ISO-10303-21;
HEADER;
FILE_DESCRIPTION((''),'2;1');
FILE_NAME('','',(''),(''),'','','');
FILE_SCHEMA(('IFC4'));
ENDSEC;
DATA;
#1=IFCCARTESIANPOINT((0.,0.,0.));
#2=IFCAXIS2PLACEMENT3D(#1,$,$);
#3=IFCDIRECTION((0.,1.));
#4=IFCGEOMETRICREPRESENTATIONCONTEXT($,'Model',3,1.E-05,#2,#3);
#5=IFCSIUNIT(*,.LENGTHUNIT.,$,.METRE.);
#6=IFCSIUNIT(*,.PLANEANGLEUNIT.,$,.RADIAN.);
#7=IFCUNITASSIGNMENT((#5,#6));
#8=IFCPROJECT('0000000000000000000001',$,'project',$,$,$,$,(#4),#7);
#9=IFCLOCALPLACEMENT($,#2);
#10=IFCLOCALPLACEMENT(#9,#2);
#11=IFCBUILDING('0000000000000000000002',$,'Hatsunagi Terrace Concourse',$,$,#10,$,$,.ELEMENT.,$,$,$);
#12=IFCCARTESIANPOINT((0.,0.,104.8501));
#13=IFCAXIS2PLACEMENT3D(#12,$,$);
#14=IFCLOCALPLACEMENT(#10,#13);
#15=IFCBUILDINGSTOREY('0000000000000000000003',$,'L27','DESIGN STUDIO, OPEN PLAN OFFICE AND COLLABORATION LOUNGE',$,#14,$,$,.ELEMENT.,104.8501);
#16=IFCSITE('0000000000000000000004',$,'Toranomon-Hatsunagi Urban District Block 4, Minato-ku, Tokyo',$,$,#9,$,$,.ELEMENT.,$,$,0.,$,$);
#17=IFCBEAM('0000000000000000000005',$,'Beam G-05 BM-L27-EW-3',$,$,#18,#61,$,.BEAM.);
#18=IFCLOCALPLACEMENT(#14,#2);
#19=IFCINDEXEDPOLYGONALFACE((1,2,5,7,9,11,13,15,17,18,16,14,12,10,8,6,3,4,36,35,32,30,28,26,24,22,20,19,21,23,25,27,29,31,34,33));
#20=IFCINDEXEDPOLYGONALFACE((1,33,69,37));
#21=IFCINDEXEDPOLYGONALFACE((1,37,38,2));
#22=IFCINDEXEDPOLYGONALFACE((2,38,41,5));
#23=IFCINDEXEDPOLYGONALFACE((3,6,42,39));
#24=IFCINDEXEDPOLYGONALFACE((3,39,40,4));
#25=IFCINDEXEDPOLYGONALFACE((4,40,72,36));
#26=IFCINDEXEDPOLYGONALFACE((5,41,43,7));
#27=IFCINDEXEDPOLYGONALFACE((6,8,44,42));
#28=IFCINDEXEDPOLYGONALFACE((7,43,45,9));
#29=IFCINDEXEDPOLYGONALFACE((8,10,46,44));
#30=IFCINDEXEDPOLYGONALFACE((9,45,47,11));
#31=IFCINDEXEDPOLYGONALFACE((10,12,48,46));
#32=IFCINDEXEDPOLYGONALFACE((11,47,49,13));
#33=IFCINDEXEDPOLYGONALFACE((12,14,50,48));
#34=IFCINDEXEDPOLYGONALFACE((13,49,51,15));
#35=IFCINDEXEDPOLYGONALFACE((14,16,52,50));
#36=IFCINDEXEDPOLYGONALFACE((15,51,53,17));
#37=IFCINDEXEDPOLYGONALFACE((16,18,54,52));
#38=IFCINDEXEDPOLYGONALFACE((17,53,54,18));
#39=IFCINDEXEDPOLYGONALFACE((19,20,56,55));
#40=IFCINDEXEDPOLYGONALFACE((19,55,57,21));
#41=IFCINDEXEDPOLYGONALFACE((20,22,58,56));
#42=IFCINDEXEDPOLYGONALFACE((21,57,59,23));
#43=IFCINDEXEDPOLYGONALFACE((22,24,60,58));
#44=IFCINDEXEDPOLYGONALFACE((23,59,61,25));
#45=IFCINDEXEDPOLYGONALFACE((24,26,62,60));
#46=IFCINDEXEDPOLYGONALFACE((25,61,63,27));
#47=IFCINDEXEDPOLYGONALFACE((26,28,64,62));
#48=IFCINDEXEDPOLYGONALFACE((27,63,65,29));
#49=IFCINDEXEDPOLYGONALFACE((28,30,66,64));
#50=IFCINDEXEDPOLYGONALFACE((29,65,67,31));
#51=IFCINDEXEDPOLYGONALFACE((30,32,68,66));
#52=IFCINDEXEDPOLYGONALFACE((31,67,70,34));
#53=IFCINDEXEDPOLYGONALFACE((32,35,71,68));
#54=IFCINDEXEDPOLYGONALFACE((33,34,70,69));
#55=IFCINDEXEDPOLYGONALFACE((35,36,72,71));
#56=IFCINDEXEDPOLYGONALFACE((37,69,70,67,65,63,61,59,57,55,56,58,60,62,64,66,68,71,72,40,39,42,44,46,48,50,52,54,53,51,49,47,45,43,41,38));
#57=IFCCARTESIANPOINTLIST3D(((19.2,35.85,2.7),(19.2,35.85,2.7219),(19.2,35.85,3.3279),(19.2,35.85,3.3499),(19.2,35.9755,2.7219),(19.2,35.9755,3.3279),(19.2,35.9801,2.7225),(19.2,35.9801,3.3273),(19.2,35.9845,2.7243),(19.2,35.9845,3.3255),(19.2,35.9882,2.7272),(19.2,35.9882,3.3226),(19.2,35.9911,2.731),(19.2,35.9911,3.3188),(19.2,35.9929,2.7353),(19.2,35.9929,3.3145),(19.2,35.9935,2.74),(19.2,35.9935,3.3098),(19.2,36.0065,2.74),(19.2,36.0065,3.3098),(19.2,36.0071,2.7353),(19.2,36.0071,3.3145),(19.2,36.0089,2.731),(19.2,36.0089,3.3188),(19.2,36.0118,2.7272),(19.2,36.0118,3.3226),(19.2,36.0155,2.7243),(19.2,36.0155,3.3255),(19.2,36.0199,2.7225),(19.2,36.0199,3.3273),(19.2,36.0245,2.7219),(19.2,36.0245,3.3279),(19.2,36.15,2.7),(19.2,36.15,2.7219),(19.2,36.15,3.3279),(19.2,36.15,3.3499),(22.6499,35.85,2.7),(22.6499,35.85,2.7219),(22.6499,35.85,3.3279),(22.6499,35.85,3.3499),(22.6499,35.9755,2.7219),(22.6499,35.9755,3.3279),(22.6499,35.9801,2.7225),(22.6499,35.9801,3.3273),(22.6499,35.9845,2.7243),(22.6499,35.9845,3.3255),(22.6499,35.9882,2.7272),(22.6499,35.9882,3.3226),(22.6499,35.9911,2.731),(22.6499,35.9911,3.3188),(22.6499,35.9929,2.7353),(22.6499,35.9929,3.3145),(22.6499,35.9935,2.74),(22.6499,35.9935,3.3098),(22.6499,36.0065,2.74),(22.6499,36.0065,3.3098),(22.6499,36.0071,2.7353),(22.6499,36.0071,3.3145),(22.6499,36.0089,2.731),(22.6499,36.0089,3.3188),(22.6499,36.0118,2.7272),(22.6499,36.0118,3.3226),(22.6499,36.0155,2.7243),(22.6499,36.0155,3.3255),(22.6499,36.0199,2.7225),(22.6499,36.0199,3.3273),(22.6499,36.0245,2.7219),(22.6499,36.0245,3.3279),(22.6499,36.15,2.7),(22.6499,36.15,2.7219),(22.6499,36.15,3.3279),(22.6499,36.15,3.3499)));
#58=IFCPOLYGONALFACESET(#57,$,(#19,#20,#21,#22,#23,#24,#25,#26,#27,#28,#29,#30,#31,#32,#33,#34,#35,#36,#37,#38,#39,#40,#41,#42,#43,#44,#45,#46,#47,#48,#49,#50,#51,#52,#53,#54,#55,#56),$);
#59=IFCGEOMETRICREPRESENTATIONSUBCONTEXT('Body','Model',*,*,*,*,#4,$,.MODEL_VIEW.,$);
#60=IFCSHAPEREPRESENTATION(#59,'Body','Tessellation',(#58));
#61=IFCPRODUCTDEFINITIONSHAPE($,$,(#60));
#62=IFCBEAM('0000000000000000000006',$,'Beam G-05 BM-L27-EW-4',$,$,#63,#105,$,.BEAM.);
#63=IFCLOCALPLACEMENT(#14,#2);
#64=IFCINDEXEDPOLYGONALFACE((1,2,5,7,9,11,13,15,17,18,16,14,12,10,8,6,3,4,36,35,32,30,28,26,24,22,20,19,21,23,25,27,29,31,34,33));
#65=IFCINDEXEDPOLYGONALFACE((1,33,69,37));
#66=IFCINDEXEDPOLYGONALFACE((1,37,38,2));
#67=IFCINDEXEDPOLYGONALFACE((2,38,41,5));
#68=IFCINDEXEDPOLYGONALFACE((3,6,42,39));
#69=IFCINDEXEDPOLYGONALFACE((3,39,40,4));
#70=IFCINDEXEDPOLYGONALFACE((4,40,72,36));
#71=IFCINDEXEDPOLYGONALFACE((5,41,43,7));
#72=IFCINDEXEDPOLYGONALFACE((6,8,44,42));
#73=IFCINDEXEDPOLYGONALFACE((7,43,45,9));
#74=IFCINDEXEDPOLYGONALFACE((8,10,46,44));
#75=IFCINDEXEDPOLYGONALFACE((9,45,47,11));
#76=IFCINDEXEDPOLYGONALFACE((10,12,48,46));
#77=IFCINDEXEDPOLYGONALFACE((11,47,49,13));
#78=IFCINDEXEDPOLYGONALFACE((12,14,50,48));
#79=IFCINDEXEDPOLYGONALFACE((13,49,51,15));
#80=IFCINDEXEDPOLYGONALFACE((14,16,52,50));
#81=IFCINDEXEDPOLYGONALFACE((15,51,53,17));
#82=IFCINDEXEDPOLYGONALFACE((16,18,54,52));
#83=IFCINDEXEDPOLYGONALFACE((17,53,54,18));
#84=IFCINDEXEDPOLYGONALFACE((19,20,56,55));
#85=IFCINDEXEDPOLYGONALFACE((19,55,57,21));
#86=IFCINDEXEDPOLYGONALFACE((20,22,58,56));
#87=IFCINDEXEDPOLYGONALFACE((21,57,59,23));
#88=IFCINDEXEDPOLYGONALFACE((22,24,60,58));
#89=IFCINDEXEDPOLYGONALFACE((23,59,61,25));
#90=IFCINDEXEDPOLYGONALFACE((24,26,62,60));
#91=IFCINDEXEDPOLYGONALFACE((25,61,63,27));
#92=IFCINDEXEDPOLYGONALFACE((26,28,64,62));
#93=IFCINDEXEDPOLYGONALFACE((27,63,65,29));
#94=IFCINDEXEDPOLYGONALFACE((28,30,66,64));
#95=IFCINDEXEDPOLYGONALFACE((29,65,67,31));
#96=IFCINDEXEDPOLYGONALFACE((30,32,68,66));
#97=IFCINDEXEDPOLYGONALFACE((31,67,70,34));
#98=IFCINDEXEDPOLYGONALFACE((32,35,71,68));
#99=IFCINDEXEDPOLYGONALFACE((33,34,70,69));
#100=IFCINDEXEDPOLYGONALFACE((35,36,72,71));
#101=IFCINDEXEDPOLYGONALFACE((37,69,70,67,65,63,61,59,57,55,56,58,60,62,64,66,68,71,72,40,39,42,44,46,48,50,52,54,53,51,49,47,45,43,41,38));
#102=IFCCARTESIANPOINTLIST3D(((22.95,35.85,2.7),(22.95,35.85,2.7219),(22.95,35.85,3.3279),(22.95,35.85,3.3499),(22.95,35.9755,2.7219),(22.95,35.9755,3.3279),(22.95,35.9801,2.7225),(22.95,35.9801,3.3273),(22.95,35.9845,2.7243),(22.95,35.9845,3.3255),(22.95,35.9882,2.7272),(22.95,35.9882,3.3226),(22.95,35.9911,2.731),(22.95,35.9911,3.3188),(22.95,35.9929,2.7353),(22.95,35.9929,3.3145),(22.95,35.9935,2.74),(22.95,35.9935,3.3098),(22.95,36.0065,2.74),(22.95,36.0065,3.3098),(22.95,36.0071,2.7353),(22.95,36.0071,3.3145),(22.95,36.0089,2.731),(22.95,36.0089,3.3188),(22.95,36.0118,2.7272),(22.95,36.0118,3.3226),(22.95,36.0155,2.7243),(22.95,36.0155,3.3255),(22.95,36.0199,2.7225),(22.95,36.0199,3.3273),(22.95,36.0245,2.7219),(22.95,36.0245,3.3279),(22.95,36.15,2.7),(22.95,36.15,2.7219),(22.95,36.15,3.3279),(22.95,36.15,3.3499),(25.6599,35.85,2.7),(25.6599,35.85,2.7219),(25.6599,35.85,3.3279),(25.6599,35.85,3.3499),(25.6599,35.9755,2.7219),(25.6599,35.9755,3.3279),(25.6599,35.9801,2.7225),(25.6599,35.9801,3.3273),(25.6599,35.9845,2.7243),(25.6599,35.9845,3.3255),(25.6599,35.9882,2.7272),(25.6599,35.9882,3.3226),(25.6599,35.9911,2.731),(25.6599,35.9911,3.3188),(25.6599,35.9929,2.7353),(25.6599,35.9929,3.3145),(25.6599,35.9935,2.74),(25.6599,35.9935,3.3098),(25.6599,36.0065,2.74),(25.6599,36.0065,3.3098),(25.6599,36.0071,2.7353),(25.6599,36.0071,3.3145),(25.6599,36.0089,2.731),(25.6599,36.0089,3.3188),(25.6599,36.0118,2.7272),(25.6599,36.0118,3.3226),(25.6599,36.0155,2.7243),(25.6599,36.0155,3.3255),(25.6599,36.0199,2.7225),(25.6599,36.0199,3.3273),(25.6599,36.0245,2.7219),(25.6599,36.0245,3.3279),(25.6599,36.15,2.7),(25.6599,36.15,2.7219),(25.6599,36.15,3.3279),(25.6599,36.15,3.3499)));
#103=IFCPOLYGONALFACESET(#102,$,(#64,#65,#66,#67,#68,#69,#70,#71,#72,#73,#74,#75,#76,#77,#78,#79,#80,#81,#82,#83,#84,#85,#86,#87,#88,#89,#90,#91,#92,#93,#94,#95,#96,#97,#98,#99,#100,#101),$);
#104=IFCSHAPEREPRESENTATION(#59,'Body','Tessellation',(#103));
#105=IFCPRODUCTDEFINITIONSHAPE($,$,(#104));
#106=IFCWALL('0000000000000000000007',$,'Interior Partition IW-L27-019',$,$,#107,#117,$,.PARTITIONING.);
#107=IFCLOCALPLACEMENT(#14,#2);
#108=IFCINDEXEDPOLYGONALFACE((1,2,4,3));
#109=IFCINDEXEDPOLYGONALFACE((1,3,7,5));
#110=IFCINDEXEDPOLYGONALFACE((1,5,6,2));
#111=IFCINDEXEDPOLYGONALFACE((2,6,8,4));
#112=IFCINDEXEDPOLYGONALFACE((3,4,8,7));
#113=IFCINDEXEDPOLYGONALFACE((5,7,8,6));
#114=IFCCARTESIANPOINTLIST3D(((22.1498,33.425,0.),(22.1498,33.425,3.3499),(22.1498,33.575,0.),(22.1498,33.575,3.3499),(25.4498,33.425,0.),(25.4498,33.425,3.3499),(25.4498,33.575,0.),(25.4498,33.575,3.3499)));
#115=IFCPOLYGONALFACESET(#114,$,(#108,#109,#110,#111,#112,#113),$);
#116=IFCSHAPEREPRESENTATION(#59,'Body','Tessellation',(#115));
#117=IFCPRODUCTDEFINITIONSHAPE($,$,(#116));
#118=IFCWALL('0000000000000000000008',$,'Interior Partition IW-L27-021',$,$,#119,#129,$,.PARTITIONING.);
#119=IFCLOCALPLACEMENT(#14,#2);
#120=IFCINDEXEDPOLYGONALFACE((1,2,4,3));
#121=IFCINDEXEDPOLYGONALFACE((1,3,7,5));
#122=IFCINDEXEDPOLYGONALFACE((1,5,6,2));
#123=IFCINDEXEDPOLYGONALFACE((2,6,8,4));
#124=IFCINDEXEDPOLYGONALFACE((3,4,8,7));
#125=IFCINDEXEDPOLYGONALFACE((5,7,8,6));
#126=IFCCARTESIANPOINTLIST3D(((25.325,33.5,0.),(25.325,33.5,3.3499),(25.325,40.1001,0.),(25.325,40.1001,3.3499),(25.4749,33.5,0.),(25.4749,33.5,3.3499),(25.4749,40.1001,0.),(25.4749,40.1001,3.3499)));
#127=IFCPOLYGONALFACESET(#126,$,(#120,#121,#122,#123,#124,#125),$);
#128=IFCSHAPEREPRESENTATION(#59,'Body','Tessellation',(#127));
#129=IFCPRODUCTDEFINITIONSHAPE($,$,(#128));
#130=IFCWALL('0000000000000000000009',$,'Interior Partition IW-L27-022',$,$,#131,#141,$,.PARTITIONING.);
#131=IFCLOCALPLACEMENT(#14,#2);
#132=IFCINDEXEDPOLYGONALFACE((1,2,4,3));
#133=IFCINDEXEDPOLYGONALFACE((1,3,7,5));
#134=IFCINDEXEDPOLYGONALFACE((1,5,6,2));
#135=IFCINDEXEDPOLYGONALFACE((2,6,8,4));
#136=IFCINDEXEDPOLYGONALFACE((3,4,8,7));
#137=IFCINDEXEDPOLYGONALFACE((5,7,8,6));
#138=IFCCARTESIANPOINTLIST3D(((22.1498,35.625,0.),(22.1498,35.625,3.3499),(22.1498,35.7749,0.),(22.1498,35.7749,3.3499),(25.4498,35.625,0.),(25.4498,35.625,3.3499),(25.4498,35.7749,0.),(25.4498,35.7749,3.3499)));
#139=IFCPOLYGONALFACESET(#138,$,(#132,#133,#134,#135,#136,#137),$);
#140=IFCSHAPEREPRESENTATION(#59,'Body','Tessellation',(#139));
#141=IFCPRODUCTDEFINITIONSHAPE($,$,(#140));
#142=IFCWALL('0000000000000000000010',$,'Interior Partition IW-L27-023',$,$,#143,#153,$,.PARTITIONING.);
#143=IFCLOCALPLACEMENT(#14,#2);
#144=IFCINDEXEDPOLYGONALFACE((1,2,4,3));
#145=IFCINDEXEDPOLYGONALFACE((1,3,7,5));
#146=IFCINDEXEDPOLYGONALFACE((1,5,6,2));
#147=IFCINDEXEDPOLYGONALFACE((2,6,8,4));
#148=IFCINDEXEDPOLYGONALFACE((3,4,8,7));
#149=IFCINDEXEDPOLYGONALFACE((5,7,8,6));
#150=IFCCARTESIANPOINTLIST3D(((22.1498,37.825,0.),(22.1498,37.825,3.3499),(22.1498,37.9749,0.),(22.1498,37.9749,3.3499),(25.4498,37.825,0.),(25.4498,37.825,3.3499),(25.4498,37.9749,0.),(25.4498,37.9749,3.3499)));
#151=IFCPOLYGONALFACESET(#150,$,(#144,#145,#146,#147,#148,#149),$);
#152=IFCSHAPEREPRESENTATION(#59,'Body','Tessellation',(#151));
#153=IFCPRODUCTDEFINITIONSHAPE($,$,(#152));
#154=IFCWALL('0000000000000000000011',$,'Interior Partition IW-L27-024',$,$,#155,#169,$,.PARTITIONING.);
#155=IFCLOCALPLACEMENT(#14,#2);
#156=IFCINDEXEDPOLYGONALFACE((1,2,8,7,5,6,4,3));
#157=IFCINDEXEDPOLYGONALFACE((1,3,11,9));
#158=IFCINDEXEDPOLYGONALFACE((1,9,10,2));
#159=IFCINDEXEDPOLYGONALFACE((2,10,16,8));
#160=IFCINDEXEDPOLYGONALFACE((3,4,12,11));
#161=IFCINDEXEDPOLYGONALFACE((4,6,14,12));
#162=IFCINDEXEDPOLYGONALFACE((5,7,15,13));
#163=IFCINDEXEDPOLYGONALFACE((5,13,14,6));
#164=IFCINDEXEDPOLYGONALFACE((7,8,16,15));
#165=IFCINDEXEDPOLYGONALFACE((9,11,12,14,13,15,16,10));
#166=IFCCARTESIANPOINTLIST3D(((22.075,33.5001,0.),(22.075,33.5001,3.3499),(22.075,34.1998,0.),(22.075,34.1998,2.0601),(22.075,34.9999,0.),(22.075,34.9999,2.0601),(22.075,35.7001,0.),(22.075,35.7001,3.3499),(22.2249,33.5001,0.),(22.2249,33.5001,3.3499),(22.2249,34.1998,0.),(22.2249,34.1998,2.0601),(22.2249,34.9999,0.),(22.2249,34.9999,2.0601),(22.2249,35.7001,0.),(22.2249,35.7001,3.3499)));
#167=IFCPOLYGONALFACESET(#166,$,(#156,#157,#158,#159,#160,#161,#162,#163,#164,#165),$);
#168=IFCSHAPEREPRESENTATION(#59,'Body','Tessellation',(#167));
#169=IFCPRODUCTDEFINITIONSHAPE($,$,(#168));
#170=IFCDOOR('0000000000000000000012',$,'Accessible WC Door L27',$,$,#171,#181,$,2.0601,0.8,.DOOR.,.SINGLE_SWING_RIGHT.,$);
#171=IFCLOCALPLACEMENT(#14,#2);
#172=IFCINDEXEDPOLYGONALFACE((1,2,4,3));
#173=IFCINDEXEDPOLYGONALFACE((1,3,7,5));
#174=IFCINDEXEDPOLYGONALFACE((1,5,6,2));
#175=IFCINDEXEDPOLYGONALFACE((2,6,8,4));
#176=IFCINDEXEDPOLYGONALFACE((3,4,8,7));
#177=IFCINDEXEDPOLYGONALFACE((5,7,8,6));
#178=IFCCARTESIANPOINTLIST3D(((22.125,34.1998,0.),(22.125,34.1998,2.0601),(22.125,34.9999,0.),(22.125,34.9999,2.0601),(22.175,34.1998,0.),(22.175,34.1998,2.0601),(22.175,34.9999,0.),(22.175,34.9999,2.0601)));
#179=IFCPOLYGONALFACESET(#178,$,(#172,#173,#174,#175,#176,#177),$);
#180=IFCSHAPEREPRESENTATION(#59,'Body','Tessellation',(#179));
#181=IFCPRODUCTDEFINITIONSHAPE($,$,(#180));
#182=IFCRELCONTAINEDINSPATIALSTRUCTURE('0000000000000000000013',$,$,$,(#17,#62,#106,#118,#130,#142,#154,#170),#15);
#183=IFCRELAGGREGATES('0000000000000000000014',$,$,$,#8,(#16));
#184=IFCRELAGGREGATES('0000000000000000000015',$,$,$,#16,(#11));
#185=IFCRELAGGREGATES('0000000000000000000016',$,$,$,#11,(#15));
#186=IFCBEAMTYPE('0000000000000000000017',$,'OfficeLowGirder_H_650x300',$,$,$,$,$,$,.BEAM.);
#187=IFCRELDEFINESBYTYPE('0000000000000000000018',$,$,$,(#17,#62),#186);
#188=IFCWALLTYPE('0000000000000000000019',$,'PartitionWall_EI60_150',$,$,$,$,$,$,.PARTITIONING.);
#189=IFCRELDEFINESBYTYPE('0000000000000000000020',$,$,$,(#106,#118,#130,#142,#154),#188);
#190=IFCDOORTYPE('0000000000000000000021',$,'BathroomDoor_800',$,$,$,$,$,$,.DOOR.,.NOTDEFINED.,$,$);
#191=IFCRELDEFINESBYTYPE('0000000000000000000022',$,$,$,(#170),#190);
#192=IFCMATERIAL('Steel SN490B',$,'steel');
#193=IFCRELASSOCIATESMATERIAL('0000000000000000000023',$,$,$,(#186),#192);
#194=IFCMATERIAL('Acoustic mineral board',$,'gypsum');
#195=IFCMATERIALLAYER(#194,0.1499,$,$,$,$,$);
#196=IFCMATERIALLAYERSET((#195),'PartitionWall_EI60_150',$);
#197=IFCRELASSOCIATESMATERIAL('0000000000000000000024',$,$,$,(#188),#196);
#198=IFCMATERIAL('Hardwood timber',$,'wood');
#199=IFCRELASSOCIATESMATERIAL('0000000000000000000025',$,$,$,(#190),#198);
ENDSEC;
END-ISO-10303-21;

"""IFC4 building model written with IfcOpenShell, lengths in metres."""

from ifc_helpers import new_model, si_unit, direction, frame, frame_2d, origin, origin_2d, place, context, subcontext, project, spatial, rectangle, i_section, extrude, material, layer, layer_set, material_profile, profile_set, type_object, element, fill, save


model = new_model("IFC4")

# Units and contexts
model_context = context("Model", 3, precision=1e-05, world=origin(), true_north=direction((0.0, 1.0)))
body_context = subcontext(model_context, "Body", "Model", "MODEL_VIEW")
ifc_project = project(units=[si_unit("LENGTHUNIT", "METRE"), si_unit("PLANEANGLEUNIT", "RADIAN")], contexts=[model_context])

# Site, building, storey
site_placement = place(None, origin())
site = spatial("IfcSite", under=ifc_project, at=site_placement, Name="Toranomon-Hatsunagi Urban District Block 4, Minato-ku, Tokyo", CompositionType="ELEMENT", RefElevation=0.0)
building_placement = place(site_placement, origin())
building = spatial("IfcBuilding", under=site, at=building_placement, Name="Hatsunagi Terrace Concourse", CompositionType="ELEMENT")
storey_placement = place(building_placement, frame((0.0, 0.0, 104.8501)))
storey = spatial("IfcBuildingStorey", under=building, at=storey_placement, Name="L27", Description="DESIGN STUDIO, OPEN PLAN OFFICE AND COLLABORATION LOUNGE", CompositionType="ELEMENT", Elevation=104.8501)

# Beams
ifc_material_1 = material(Name="Steel SN490B", Category="steel")
ifc_material_profile_1 = material_profile(ifc_material_1, i_section(OverallWidth=0.3, OverallDepth=0.6499, WebThickness=0.0129, FlangeThickness=0.022, FilletRadius=0.0181, at=origin_2d()), Name="H-650x300x13x22")
ifc_profile_set_1 = profile_set([ifc_material_profile_1], Name="Steel SN490B")
beam_type_1 = type_object("IfcBeamType", Name="OfficeLowGirder_H_650x300", PredefinedType="BEAM", material=ifc_profile_set_1)
beam_1_placement = place(storey_placement, frame((19.2, 36.0, 3.0249), z_axis=(1.0, 0.0, 0.0), x_axis=(0.0, 1.0, 0.0)))
element("IfcBeam", 1, at=beam_1_placement, inside=storey, type_object=beam_type_1, Name="Beam G-05 BM-L27-EW-3", PredefinedType="BEAM", context=body_context, shape_type="SweptSolid", body=[
    extrude(i_section(OverallWidth=0.3, OverallDepth=0.6499, WebThickness=0.0129, FlangeThickness=0.022, FilletRadius=0.0181, at=origin_2d()), origin(), (0.0, 0.0, 1.0), 3.45),
])
beam_2_placement = place(storey_placement, frame((22.95, 36.0, 3.0249), z_axis=(1.0, 0.0, 0.0), x_axis=(0.0, 1.0, 0.0)))
element("IfcBeam", 2, at=beam_2_placement, inside=storey, type_object=beam_type_1, Name="Beam G-05 BM-L27-EW-4", PredefinedType="BEAM", context=body_context, shape_type="SweptSolid", body=[
    extrude(i_section(OverallWidth=0.3, OverallDepth=0.6499, WebThickness=0.0129, FlangeThickness=0.022, FilletRadius=0.0181, at=origin_2d()), origin(), (0.0, 0.0, 1.0), 2.71),
])

# Walls
ifc_material_2 = material(Name="Acoustic mineral board", Category="gypsum")
ifc_layer_1 = layer(ifc_material_2, 0.1499)
ifc_layer_set_1 = layer_set([ifc_layer_1], Name="PartitionWall_EI60_150")
wall_type = type_object("IfcWallType", Name="PartitionWall_EI60_150", PredefinedType="PARTITIONING", material=ifc_layer_set_1)
wall_1_placement = place(storey_placement, frame((22.1499, 33.5, 0.0), z_axis=(0.0, 0.0, 1.0), x_axis=(1.0, 0.0, 0.0)))
element("IfcWall", 3, at=wall_1_placement, inside=storey, type_object=wall_type, Name="Interior Partition IW-L27-019", PredefinedType="PARTITIONING", context=body_context, shape_type="SweptSolid", body=[
    extrude(rectangle(XDim=3.3, YDim=0.1499, at=frame_2d((1.6499, 0.0))), origin(), (0.0, 0.0, 1.0), 3.3499),
])
wall_2_placement = place(storey_placement, frame((25.3999, 33.5, 0.0), z_axis=(0.0, 0.0, 1.0), x_axis=(0.0, 1.0, 0.0)))
element("IfcWall", 4, at=wall_2_placement, inside=storey, type_object=wall_type, Name="Interior Partition IW-L27-021", PredefinedType="PARTITIONING", context=body_context, shape_type="SweptSolid", body=[
    extrude(rectangle(XDim=6.6001, YDim=0.1499, at=frame_2d((3.3, 0.0))), origin(), (0.0, 0.0, 1.0), 3.3499),
])
for number, where, z_axis, x_axis, name in (
    (5, (22.1499, 35.7, 0.0), (0.0, 0.0, 1.0), (1.0, 0.0, 0.0), "Interior Partition IW-L27-022"),
    (6, (22.1499, 37.8999, 0.0), (0.0, 0.0, 1.0), (1.0, 0.0, 0.0), "Interior Partition IW-L27-023"),
):
    element("IfcWall", number, at=place(storey_placement, frame(where, z_axis=z_axis, x_axis=x_axis)), inside=storey, type_object=wall_type, Name=name, PredefinedType="PARTITIONING", context=body_context, shape_type="SweptSolid", body=[
        extrude(rectangle(XDim=3.3, YDim=0.1499, at=frame_2d((1.6499, 0.0))), origin(), (0.0, 0.0, 1.0), 3.3499),
    ])

# Wall, opening, door
wall_3_placement = place(storey_placement, frame((22.1499, 33.5, 0.0), z_axis=(0.0, 0.0, 1.0), x_axis=(0.0, 1.0, 0.0)))
wall_3 = element("IfcWall", 7, at=wall_3_placement, inside=storey, type_object=wall_type, Name="Interior Partition IW-L27-024", PredefinedType="PARTITIONING", context=body_context, shape_type="SweptSolid", body=[
    extrude(rectangle(XDim=2.2, YDim=0.1499, at=frame_2d((1.1001, 0.0))), origin(), (0.0, 0.0, 1.0), 3.3499),
])
opening_1_placement = place(wall_3_placement, frame((0.7, 0.0, 0.0)))
opening_1 = element("IfcOpeningElement", 8, at=opening_1_placement, cuts=wall_3, PredefinedType="OPENING", context=body_context, shape_type="SweptSolid", body=[
    extrude(rectangle(XDim=0.8, YDim=2.0601, at=frame_2d((0.3999, 1.03))), frame((0.0, 0.085, 0.0), z_axis=(0.0, -1.0, 0.0), x_axis=(1.0, 0.0, 0.0)), (0.0, 0.0, 1.0), 0.1699),
])
ifc_material_3 = material(Name="Hardwood timber", Category="wood")
door_type = type_object("IfcDoorType", Name="BathroomDoor_800", OperationType="NOTDEFINED", PredefinedType="DOOR", material=ifc_material_3)
door_1_placement = place(opening_1_placement, origin())
door_1 = element("IfcDoor", 9, at=door_1_placement, inside=storey, type_object=door_type, Name="Accessible WC Door L27", OperationType="SINGLE_SWING_RIGHT", OverallHeight=2.0601, OverallWidth=0.8, PredefinedType="DOOR", context=body_context, shape_type="SweptSolid", body=[
    extrude(rectangle(XDim=0.8, YDim=2.0601, at=frame_2d((0.3999, 1.03))), frame((0.0, 0.0249, 0.0), z_axis=(0.0, -1.0, 0.0), x_axis=(1.0, 0.0, 0.0)), (0.0, 0.0, 1.0), 0.05),
])
fill(opening_1, door_1)

save(model, "model.ifc")
